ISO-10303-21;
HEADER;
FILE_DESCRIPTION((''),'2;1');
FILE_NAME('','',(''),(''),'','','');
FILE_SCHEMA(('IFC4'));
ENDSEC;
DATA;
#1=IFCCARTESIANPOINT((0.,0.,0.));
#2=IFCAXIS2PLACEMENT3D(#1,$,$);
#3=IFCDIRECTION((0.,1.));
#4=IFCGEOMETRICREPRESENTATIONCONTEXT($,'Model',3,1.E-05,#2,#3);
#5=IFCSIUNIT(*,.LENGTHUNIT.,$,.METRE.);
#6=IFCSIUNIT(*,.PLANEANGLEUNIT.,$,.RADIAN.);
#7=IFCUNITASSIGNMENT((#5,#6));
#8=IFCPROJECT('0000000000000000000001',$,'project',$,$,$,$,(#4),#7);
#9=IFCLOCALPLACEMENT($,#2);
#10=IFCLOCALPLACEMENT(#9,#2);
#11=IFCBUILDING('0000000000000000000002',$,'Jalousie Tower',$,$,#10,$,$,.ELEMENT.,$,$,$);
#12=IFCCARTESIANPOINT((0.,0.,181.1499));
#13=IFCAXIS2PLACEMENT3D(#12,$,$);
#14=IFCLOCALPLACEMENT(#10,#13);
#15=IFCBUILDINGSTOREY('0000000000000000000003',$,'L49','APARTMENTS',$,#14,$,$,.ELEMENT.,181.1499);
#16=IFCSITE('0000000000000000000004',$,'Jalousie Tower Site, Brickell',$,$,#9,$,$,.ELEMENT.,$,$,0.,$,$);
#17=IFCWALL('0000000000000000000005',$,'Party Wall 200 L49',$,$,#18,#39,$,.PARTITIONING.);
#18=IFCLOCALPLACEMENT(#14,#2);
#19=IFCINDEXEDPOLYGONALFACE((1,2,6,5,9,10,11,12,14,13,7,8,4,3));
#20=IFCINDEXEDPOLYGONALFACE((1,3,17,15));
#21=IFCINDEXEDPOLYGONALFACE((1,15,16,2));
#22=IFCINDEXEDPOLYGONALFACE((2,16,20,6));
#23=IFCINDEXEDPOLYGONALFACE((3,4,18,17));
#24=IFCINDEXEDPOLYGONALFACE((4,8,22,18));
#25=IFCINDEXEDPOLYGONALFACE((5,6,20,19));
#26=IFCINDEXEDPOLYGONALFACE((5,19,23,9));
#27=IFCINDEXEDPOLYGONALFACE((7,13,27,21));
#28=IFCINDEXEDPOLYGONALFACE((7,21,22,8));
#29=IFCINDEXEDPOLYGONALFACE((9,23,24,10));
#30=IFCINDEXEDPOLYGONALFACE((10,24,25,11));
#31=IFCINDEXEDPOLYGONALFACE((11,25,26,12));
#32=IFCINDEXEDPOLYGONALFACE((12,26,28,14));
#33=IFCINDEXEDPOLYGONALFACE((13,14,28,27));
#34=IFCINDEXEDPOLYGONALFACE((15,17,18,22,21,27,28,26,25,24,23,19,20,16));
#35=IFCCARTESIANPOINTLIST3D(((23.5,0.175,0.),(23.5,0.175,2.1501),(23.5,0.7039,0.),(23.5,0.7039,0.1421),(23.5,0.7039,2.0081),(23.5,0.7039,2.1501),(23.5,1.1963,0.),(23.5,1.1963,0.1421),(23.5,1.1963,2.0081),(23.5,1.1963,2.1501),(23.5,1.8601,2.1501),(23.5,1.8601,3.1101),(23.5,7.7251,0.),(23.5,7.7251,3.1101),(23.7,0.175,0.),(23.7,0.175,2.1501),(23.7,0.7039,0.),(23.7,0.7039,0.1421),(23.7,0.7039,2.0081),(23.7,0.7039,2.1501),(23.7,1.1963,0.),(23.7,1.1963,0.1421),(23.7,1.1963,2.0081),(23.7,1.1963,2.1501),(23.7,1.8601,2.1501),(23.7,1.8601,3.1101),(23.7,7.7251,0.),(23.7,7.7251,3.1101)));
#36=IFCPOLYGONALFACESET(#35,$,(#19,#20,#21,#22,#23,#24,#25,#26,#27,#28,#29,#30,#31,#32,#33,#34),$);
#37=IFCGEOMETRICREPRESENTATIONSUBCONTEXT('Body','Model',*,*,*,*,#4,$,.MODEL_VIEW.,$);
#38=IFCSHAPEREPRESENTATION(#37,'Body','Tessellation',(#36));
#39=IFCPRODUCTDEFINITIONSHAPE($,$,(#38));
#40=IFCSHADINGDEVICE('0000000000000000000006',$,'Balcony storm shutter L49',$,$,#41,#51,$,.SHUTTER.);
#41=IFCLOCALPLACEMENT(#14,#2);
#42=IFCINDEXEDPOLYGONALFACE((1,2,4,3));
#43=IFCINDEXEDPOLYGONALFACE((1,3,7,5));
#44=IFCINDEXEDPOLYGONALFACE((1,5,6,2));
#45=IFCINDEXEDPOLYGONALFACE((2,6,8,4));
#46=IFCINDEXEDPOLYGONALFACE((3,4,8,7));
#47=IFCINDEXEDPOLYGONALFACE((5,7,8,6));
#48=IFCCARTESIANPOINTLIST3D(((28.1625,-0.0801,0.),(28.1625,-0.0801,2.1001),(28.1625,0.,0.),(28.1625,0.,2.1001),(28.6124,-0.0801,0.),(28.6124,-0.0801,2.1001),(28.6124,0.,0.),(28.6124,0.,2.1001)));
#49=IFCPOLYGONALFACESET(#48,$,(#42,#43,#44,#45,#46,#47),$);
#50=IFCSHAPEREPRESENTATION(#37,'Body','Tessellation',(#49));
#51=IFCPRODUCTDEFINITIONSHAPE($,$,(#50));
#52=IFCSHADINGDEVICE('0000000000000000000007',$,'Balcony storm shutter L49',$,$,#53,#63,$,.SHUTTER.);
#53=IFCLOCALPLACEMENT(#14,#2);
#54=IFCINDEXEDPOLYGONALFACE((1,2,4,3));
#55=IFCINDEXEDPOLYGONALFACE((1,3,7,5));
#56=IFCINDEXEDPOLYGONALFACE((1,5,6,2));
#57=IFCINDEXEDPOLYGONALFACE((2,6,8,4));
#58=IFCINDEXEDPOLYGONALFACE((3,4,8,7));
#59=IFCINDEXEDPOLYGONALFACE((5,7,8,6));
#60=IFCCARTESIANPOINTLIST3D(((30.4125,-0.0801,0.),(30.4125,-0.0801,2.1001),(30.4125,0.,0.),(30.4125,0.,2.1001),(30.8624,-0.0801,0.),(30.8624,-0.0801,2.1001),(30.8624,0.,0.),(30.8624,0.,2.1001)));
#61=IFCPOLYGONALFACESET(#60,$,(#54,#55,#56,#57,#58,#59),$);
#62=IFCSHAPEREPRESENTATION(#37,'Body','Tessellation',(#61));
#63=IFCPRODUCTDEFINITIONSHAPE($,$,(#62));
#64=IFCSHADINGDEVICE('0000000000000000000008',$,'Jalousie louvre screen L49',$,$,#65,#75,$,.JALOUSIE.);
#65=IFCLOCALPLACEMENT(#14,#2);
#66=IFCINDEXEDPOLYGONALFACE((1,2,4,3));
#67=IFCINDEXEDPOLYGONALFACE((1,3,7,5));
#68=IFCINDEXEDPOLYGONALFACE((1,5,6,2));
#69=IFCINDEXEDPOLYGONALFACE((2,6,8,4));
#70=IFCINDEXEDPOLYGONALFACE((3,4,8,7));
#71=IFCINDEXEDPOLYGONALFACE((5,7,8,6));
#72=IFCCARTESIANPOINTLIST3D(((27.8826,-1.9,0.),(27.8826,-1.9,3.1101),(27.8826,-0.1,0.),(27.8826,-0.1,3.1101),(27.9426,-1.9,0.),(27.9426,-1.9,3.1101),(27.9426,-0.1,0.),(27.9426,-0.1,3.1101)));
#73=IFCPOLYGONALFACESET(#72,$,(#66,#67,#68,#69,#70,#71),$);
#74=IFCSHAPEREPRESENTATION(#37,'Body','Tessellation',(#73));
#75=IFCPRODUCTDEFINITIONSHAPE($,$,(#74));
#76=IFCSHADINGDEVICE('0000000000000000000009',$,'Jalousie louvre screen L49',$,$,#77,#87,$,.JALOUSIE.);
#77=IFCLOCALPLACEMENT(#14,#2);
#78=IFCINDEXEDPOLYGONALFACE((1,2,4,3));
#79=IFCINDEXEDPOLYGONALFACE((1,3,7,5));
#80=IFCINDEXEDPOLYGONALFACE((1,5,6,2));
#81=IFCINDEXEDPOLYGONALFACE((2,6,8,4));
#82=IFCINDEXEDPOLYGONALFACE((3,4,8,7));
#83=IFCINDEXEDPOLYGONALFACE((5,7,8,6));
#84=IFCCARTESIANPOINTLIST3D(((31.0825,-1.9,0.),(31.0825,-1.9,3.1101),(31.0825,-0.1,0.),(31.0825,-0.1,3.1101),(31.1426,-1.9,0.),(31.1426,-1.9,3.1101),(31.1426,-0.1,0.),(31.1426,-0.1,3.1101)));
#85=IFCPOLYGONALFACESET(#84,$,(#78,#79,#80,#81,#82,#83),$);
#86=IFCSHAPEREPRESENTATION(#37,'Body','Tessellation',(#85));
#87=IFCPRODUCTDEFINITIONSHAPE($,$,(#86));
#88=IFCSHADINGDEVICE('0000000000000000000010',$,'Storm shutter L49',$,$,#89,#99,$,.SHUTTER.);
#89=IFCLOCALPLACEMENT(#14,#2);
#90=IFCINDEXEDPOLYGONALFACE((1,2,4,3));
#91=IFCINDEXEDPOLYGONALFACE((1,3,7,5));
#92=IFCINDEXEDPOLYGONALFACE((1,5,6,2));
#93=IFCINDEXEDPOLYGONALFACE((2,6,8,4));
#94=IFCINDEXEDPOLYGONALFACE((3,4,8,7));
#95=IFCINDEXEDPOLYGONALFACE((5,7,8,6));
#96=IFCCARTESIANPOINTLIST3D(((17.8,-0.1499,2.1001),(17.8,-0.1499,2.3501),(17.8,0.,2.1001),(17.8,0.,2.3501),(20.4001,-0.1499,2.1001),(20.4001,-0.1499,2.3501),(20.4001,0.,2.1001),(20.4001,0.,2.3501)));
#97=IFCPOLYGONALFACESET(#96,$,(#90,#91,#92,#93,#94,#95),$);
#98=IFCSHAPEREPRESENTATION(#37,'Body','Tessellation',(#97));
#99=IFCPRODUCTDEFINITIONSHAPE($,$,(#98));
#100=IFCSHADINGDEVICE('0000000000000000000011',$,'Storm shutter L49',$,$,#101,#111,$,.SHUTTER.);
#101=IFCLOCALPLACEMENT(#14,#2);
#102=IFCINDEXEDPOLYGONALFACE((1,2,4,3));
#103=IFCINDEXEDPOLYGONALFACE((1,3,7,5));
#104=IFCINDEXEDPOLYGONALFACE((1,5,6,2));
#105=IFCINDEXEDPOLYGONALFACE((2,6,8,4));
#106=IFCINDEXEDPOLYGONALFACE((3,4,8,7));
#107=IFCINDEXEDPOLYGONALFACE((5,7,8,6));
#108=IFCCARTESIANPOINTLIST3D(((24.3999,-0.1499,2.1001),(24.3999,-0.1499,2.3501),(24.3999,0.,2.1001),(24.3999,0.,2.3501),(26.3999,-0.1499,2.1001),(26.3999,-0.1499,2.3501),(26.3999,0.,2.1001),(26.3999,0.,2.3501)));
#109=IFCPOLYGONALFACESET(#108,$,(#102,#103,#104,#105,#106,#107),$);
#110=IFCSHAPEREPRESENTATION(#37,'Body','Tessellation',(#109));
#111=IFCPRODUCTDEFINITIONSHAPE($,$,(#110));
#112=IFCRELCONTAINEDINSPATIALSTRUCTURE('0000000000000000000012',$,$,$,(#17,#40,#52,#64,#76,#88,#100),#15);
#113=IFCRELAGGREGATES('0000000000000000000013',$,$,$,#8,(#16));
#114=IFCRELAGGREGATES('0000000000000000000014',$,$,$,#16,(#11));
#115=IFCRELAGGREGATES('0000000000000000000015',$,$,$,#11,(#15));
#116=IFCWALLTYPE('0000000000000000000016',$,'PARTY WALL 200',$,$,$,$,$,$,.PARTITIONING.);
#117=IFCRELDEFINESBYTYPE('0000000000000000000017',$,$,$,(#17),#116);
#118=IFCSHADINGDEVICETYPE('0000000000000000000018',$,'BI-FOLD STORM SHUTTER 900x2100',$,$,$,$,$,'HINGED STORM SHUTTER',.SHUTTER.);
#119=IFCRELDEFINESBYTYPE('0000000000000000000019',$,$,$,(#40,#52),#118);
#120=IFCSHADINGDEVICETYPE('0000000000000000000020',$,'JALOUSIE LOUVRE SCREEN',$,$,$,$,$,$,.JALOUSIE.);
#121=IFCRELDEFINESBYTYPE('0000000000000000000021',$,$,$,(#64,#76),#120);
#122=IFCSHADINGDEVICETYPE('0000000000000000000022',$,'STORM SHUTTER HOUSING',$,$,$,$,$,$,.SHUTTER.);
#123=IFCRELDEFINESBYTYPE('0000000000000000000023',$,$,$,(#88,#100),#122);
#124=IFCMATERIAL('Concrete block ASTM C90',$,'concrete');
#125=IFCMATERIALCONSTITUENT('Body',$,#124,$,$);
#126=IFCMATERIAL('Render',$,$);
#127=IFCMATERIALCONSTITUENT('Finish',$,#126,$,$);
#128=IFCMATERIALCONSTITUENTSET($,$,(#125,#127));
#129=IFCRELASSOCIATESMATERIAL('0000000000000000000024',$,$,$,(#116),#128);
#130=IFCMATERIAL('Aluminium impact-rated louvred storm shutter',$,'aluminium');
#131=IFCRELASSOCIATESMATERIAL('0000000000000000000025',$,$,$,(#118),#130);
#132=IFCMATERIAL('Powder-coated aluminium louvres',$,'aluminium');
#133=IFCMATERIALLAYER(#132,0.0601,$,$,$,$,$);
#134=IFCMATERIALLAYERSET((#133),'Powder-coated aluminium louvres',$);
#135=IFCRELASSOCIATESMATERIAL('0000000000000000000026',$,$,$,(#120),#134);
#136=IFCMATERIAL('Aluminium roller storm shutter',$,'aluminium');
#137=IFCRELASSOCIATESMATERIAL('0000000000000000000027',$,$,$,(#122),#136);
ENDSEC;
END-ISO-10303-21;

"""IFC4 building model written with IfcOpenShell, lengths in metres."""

from ifc_helpers import new_model, si_unit, direction, frame, origin, origin_2d, place, context, subcontext, project, spatial, polyline, rectangle, outline, extrude, material, layer, layer_set, constituent, constituent_set, type_object, element, save


model = new_model("IFC4")

# Units and contexts
model_context = context("Model", 3, precision=1e-05, world=origin(), true_north=direction((0.0, 1.0)))
body_context = subcontext(model_context, "Body", "Model", "MODEL_VIEW")
ifc_project = project(units=[si_unit("LENGTHUNIT", "METRE"), si_unit("PLANEANGLEUNIT", "RADIAN")], contexts=[model_context])

# Site, building, storey
site_placement = place(None, origin())
site = spatial("IfcSite", under=ifc_project, at=site_placement, Name="Jalousie Tower Site, Brickell", CompositionType="ELEMENT", RefElevation=0.0)
building_placement = place(site_placement, origin())
building = spatial("IfcBuilding", under=site, at=building_placement, Name="Jalousie Tower", CompositionType="ELEMENT")
storey_placement = place(building_placement, frame((0.0, 0.0, 181.1499)))
storey = spatial("IfcBuildingStorey", under=building, at=storey_placement, Name="L49", Description="APARTMENTS", CompositionType="ELEMENT", Elevation=181.1499)

# Wall
ifc_material_1 = material(Name="Concrete block ASTM C90", Category="concrete")
ifc_constituent_1 = constituent(ifc_material_1, Name="Body")
ifc_material_2 = material(Name="Render")
ifc_constituent_2 = constituent(ifc_material_2, Name="Finish")
ifc_constituent_set_1 = constituent_set(constituents=[ifc_constituent_1, ifc_constituent_2])
wall_type_1 = type_object("IfcWallType", Name="PARTY WALL 200", PredefinedType="PARTITIONING", material=ifc_constituent_set_1)
wall_1_placement = place(storey_placement, frame((23.6001, 0.175, 0.0), z_axis=(0.0, 0.0, 1.0), x_axis=(0.0, 1.0, 0.0)))
element("IfcWall", 1, at=wall_1_placement, inside=storey, type_object=wall_type_1, Name="Party Wall 200 L49", PredefinedType="PARTITIONING", context=body_context, shape_type="SweptSolid", body=[
    extrude(outline(polyline([(0.5288, 2.1501), (0.0, 2.1501), (0.0, 0.0), (0.5288, 0.0), (0.5288, 0.1421), (1.0212, 0.1421), (1.0212, 0.0), (7.55, 0.0), (7.55, 3.1101), (1.6851, 3.1101), (1.6851, 2.1501), (1.0212, 2.1501), (1.0212, 2.0081), (0.5288, 2.0081), (0.5288, 2.1501)])), frame((0.0, 0.1001, 0.0), z_axis=(0.0, -1.0, 0.0), x_axis=(1.0, 0.0, 0.0)), (0.0, 0.0, 1.0), 0.2),
])

# Shading devices
ifc_material_3 = material(Name="Aluminium impact-rated louvred storm shutter", Category="aluminium")
shading_device_type_1 = type_object("IfcShadingDeviceType", Name="BI-FOLD STORM SHUTTER 900x2100", ElementType="HINGED STORM SHUTTER", PredefinedType="SHUTTER", material=ifc_material_3)
for number, where, z_axis, x_axis, name in (
    (2, (28.3875, -0.04, 0.0), (0.0, 0.0, 1.0), (1.0, 0.0, 0.0), "Balcony storm shutter L49"),
    (3, (30.6375, -0.04, 0.0), (0.0, 0.0, 1.0), (1.0, 0.0, 0.0), "Balcony storm shutter L49"),
):
    element("IfcShadingDevice", number, at=place(storey_placement, frame(where, z_axis=z_axis, x_axis=x_axis)), inside=storey, type_object=shading_device_type_1, Name=name, PredefinedType="SHUTTER", context=body_context, shape_type="SweptSolid", body=[
        extrude(rectangle(XDim=0.45, YDim=0.0801, at=origin_2d()), origin(), (0.0, 0.0, 1.0), 2.1001),
    ])

# Shading devices
ifc_material_4 = material(Name="Powder-coated aluminium louvres", Category="aluminium")
ifc_layer_1 = layer(ifc_material_4, 0.0601)
ifc_layer_set_1 = layer_set([ifc_layer_1], Name="Powder-coated aluminium louvres")
shading_device_type_2 = type_object("IfcShadingDeviceType", Name="JALOUSIE LOUVRE SCREEN", PredefinedType="JALOUSIE", material=ifc_layer_set_1)
for number, where, z_axis, x_axis, name in (
    (4, (27.9126, -1.0, 0.0), (0.0, 0.0, 1.0), (1.0, 0.0, 0.0), "Jalousie louvre screen L49"),
    (5, (31.1125, -1.0, 0.0), (0.0, 0.0, 1.0), (1.0, 0.0, 0.0), "Jalousie louvre screen L49"),
):
    element("IfcShadingDevice", number, at=place(storey_placement, frame(where, z_axis=z_axis, x_axis=x_axis)), inside=storey, type_object=shading_device_type_2, Name=name, PredefinedType="JALOUSIE", context=body_context, shape_type="SweptSolid", body=[
        extrude(rectangle(XDim=0.0601, YDim=1.8, at=origin_2d()), origin(), (0.0, 0.0, 1.0), 3.1101),
    ])
ifc_material_5 = material(Name="Aluminium roller storm shutter", Category="aluminium")
shading_device_type_3 = type_object("IfcShadingDeviceType", Name="STORM SHUTTER HOUSING", PredefinedType="SHUTTER", material=ifc_material_5)
shading_device_1_placement = place(storey_placement, frame((19.1001, -0.075, 2.1001), z_axis=(0.0, 0.0, 1.0), x_axis=(1.0, 0.0, 0.0)))
element("IfcShadingDevice", 6, at=shading_device_1_placement, inside=storey, type_object=shading_device_type_3, Name="Storm shutter L49", PredefinedType="SHUTTER", context=body_context, shape_type="SweptSolid", body=[
    extrude(rectangle(XDim=2.6001, YDim=0.1499, at=origin_2d()), origin(), (0.0, 0.0, 1.0), 0.25),
])
shading_device_2_placement = place(storey_placement, frame((25.3999, -0.075, 2.1001), z_axis=(0.0, 0.0, 1.0), x_axis=(1.0, 0.0, 0.0)))
element("IfcShadingDevice", 7, at=shading_device_2_placement, inside=storey, type_object=shading_device_type_3, Name="Storm shutter L49", PredefinedType="SHUTTER", context=body_context, shape_type="SweptSolid", body=[
    extrude(rectangle(XDim=2.0, YDim=0.1499, at=origin_2d()), origin(), (0.0, 0.0, 1.0), 0.25),
])

save(model, "model.ifc")
